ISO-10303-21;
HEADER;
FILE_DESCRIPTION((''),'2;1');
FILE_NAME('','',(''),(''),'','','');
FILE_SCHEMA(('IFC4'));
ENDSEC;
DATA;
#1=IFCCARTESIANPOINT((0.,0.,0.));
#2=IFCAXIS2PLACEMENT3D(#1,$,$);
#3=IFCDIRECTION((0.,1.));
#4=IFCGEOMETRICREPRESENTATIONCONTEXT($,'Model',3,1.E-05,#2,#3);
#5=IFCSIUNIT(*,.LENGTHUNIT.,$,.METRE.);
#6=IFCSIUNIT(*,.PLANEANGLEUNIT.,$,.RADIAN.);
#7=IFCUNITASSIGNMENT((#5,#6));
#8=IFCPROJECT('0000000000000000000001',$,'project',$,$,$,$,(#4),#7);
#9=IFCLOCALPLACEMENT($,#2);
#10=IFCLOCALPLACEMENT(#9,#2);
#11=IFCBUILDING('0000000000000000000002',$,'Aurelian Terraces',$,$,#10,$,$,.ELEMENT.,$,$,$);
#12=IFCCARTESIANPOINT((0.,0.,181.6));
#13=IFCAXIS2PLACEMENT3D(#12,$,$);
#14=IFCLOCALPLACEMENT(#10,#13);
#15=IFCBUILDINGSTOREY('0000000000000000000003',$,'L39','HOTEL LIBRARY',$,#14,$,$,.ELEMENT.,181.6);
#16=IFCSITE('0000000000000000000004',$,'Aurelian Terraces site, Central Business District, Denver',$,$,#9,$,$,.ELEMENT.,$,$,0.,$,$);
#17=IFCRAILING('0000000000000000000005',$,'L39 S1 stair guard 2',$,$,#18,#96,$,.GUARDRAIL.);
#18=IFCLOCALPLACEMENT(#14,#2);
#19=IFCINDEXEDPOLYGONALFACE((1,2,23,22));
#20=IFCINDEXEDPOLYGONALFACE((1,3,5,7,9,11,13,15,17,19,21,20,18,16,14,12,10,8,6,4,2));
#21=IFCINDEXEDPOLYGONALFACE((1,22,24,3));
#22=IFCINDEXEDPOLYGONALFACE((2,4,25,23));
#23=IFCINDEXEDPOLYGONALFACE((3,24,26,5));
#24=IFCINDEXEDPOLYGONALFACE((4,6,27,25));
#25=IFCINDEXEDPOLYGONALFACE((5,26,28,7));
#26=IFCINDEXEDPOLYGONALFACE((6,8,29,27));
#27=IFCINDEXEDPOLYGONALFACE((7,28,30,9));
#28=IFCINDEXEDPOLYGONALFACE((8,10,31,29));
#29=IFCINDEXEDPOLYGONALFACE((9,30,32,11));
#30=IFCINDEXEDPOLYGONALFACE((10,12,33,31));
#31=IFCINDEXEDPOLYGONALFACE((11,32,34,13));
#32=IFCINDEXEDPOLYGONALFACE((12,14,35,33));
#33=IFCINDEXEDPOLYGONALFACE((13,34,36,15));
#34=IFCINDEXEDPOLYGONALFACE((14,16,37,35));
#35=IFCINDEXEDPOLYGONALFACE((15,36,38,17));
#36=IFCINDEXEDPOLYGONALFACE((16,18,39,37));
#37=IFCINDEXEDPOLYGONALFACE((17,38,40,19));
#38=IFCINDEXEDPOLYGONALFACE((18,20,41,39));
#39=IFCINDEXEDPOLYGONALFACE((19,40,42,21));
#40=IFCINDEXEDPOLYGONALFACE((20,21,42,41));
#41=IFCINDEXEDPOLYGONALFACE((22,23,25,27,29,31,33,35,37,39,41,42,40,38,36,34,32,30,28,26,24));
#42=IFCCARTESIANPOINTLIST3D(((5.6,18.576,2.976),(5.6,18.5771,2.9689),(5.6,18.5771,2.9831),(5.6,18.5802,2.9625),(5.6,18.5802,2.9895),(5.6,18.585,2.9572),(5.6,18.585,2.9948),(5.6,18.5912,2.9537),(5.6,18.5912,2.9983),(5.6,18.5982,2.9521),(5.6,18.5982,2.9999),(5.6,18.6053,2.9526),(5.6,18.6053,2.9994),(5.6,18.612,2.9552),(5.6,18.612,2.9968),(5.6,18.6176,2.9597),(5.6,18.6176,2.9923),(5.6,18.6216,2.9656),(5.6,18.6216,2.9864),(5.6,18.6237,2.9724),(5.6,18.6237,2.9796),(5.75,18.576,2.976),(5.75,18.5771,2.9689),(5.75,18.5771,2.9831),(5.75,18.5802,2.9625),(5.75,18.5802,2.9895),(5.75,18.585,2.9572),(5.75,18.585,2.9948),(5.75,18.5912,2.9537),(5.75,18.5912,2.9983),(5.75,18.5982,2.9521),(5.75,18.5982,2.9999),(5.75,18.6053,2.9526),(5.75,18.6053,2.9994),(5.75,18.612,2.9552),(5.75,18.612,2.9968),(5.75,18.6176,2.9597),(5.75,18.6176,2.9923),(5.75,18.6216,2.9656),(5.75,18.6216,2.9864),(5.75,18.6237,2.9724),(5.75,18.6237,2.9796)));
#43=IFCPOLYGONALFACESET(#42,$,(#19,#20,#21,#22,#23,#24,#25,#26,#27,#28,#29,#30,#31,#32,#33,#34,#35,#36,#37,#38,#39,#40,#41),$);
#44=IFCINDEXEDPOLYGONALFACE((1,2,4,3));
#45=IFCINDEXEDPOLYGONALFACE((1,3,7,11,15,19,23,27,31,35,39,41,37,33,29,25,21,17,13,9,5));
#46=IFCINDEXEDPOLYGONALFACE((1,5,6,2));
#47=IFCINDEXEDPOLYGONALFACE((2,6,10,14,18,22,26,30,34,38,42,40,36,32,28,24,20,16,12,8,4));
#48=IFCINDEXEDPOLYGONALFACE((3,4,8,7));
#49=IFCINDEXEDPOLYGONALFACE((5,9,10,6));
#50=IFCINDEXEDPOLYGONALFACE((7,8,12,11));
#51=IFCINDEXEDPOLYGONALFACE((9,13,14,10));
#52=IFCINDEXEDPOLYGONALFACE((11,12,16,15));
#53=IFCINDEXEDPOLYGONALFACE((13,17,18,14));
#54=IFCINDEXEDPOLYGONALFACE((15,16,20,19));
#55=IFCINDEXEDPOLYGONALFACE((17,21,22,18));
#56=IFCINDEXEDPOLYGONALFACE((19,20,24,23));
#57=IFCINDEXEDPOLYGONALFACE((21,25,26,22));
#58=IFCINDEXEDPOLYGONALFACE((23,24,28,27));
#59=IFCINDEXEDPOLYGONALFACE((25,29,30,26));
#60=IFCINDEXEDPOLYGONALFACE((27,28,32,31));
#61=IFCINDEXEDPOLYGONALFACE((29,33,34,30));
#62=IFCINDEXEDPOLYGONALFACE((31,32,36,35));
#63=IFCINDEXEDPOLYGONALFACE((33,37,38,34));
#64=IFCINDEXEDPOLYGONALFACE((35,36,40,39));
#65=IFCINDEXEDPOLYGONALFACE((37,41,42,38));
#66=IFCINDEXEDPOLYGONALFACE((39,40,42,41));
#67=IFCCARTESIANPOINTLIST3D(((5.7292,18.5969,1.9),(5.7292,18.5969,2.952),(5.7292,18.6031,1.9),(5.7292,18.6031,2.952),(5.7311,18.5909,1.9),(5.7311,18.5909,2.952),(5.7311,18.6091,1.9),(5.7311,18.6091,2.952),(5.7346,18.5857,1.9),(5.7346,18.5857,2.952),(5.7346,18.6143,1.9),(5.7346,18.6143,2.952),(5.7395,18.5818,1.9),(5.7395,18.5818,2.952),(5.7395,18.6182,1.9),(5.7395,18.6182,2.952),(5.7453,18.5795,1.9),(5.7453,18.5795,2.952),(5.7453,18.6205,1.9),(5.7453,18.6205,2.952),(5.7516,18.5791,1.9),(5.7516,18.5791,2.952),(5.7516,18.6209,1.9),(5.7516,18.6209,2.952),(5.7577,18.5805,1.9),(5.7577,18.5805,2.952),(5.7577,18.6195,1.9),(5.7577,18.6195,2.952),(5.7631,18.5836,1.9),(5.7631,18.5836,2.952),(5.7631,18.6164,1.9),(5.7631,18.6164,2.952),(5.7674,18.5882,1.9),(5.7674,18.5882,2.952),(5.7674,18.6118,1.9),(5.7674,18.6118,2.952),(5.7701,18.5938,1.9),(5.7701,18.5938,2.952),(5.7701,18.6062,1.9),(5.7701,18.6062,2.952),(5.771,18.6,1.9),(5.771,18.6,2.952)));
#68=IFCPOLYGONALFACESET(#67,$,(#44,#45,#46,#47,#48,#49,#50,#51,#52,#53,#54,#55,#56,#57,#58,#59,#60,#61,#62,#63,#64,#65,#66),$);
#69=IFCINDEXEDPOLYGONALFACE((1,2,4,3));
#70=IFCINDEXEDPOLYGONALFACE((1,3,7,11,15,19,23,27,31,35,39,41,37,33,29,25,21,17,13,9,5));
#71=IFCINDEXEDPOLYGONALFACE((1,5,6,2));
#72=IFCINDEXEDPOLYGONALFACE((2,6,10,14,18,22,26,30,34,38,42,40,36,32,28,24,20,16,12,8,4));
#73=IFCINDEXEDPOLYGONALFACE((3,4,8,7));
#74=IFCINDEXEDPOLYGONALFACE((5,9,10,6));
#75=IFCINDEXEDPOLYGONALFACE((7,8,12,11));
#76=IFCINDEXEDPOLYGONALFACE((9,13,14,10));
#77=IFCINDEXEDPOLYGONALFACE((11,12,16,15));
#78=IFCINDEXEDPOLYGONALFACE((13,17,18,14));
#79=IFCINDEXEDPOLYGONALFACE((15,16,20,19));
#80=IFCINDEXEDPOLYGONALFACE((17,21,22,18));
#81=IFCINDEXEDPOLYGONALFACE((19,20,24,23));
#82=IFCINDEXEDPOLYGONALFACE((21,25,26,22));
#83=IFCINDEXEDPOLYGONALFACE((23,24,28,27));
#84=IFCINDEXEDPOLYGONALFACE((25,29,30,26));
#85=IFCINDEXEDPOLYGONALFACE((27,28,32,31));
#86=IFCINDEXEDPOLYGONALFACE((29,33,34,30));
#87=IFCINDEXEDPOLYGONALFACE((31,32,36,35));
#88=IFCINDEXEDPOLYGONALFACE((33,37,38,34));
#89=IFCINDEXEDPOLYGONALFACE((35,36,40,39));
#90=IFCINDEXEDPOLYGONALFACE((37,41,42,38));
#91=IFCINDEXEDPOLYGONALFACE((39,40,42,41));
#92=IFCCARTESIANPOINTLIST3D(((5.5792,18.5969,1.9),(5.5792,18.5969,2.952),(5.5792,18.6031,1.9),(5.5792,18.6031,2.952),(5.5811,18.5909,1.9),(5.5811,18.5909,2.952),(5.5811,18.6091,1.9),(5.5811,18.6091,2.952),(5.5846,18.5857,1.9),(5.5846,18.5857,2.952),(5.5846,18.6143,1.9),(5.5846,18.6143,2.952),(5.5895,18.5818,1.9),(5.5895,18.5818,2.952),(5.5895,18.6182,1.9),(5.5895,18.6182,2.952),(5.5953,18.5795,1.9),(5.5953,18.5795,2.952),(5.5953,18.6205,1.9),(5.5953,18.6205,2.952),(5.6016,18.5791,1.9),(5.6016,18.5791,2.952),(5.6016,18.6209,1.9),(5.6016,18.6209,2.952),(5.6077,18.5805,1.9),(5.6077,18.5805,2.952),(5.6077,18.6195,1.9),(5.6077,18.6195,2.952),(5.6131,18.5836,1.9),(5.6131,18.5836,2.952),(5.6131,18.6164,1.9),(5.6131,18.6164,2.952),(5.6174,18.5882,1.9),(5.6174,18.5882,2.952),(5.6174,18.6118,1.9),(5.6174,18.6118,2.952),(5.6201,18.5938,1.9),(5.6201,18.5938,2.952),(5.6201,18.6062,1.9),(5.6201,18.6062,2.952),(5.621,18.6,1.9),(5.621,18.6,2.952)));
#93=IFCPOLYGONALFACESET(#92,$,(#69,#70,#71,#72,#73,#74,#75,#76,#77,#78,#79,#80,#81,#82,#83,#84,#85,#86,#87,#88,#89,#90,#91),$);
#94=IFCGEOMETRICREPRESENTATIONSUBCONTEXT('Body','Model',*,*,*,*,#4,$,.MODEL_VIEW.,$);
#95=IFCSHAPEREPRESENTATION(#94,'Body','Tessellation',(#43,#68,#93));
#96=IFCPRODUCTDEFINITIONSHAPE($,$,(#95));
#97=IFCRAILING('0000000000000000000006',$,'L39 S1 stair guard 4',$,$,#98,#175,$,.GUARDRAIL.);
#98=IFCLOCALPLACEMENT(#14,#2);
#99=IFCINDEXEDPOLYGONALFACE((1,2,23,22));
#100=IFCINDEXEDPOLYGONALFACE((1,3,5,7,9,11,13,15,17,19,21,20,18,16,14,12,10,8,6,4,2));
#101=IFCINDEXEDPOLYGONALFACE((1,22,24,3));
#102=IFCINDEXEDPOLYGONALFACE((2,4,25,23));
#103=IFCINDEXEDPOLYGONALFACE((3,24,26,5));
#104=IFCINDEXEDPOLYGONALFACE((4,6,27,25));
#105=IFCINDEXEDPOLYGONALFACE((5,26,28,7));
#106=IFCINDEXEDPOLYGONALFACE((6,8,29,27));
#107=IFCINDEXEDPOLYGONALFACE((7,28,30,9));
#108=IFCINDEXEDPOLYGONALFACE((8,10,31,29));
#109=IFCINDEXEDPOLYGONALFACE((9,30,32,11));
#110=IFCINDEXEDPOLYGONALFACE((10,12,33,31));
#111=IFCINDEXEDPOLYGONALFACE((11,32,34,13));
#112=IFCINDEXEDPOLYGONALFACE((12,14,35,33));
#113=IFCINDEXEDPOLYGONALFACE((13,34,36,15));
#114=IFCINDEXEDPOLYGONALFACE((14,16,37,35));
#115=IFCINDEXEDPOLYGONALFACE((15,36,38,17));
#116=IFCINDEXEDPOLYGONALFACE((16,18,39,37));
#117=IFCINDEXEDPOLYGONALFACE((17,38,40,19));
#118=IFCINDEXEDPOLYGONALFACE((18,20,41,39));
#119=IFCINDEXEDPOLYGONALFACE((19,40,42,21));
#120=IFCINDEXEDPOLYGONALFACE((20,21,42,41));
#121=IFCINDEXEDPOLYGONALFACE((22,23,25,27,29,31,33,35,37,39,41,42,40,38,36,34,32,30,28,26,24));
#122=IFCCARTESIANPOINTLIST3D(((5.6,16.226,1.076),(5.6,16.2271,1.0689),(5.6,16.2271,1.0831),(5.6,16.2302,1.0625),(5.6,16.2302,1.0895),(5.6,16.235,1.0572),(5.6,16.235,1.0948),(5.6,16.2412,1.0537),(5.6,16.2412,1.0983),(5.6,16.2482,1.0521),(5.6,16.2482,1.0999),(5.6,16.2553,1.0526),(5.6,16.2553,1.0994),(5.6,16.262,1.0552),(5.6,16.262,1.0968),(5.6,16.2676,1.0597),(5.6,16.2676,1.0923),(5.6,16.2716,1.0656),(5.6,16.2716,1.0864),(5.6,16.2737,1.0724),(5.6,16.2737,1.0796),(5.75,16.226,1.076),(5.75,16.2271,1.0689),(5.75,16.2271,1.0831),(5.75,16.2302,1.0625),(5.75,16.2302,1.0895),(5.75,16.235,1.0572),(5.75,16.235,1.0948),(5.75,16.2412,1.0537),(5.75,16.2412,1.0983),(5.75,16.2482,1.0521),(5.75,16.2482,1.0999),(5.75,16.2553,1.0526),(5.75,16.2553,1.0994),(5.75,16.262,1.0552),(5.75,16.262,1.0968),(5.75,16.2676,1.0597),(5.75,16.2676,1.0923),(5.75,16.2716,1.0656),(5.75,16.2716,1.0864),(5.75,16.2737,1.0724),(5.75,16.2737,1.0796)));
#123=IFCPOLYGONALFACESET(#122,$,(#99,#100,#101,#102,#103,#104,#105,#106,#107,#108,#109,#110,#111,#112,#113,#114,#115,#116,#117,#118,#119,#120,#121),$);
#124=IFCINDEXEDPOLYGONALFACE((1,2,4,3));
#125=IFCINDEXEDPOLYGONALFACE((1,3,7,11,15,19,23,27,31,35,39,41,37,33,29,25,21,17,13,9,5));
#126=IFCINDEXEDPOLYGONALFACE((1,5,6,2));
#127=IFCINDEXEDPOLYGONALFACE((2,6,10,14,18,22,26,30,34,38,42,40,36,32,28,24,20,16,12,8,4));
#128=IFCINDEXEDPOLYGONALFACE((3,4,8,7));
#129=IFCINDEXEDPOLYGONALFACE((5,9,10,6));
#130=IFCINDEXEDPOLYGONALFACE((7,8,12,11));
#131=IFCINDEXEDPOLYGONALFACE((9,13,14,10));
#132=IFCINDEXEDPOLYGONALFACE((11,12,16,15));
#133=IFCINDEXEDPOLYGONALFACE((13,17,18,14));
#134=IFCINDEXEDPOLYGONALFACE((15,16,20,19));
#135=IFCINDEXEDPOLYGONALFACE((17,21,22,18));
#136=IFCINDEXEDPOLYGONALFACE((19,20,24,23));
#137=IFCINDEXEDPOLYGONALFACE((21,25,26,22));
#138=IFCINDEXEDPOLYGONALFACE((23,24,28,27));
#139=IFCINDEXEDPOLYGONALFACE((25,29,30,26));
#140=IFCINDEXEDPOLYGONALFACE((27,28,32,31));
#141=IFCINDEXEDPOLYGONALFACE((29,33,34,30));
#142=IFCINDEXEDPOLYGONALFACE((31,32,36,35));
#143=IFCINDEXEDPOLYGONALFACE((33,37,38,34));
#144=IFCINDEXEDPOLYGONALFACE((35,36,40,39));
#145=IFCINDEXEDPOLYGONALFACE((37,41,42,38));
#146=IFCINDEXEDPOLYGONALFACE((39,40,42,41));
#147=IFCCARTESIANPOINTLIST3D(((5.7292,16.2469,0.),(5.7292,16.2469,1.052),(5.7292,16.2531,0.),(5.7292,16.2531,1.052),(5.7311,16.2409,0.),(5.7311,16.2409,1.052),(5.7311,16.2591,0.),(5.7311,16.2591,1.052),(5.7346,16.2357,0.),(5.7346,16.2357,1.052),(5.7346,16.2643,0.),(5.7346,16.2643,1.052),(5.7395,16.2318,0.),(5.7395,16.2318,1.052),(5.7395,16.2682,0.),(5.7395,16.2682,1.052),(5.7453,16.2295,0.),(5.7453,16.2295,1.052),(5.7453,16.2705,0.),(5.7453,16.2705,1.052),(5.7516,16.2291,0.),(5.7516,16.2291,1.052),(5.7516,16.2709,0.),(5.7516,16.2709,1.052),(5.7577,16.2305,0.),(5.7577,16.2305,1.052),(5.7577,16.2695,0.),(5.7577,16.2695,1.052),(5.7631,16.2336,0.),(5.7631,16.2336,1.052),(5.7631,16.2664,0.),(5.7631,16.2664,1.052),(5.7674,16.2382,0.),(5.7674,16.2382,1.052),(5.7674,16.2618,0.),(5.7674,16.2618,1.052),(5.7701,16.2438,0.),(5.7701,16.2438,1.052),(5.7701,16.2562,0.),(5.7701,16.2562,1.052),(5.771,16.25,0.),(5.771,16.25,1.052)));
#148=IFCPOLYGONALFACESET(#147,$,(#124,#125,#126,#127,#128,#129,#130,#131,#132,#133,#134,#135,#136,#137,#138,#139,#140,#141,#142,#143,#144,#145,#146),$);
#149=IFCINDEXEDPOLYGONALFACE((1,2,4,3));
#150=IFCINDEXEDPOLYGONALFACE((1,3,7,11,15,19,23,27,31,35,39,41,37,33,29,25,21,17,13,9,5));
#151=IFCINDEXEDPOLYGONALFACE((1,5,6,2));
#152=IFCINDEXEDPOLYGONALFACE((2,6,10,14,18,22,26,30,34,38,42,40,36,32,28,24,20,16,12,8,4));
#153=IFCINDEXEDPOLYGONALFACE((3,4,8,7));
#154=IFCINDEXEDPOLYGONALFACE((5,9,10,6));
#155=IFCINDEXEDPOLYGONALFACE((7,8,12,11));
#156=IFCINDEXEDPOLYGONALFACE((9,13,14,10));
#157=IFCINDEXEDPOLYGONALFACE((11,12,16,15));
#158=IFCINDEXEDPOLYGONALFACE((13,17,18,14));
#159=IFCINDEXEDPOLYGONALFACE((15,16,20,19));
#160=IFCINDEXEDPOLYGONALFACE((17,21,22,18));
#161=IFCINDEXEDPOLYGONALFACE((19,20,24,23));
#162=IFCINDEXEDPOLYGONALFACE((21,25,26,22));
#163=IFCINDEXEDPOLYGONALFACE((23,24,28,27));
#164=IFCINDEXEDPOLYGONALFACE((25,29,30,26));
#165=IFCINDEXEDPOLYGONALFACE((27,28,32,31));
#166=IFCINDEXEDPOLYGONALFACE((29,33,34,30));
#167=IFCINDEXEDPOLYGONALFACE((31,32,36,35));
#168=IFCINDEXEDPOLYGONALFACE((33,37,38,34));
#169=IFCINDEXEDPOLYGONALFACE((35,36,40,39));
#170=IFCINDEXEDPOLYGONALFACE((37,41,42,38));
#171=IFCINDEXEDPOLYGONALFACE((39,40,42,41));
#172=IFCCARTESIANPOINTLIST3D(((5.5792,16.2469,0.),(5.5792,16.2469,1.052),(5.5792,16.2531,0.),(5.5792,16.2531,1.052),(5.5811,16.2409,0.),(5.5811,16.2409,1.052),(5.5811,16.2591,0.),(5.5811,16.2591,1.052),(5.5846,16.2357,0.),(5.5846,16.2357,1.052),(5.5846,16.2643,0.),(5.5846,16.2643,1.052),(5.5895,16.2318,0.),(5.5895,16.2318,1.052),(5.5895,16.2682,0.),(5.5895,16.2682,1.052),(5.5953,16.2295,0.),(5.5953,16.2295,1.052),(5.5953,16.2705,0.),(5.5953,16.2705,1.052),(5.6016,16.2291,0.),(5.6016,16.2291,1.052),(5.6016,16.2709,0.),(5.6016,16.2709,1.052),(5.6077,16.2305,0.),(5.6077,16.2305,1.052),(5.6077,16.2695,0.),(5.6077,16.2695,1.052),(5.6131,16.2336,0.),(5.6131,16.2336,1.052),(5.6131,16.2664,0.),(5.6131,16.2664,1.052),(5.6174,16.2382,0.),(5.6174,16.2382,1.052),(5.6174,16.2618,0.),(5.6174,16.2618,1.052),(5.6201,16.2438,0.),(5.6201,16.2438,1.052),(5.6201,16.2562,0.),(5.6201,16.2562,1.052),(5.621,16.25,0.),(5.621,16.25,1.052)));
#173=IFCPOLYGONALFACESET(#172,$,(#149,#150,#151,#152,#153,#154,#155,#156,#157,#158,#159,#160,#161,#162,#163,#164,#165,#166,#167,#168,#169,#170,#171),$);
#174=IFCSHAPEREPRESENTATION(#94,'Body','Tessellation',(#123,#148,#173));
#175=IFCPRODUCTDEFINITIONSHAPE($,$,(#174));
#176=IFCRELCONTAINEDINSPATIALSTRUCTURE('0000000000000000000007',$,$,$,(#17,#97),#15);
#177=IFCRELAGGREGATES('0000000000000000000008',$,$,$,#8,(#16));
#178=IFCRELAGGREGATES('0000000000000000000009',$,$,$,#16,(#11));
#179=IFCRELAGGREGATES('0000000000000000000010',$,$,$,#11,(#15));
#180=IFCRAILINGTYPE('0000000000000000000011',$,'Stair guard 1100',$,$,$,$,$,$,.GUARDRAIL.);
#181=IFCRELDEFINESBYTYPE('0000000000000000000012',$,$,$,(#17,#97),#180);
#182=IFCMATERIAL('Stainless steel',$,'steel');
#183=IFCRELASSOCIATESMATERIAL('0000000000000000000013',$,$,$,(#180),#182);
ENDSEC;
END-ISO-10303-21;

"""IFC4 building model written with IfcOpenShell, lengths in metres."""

from ifc_helpers import new_model, si_unit, direction, frame, origin, origin_2d, place, context, subcontext, project, spatial, circle, extrude, source, transform, mapped, material, type_object, element, save


model = new_model("IFC4")

# Units and contexts
model_context = context("Model", 3, precision=1e-05, world=origin(), true_north=direction((0.0, 1.0)))
body_context = subcontext(model_context, "Body", "Model", "MODEL_VIEW")
ifc_project = project(units=[si_unit("LENGTHUNIT", "METRE"), si_unit("PLANEANGLEUNIT", "RADIAN")], contexts=[model_context])

# Site, building, storey
site_placement = place(None, origin())
site = spatial("IfcSite", under=ifc_project, at=site_placement, Name="Aurelian Terraces site, Central Business District, Denver", CompositionType="ELEMENT", RefElevation=0.0)
building_placement = place(site_placement, origin())
building = spatial("IfcBuilding", under=site, at=building_placement, Name="Aurelian Terraces", CompositionType="ELEMENT")
storey_placement = place(building_placement, frame((0.0, 0.0, 181.6)))
storey = spatial("IfcBuildingStorey", under=building, at=storey_placement, Name="L39", Description="HOTEL LIBRARY", CompositionType="ELEMENT", Elevation=181.6)

# Shared definitions
ifc_material_1 = material(Name="Stainless steel", Category="steel")

# Railings
railing_type_1 = type_object("IfcRailingType", Name="Stair guard 1100", PredefinedType="GUARDRAIL", material=ifc_material_1)
shared_shape_1 = source(origin(), body_context, "Body", "SweptSolid", [
    extrude(circle(Radius=0.024, at=origin_2d()), frame((0.0, 0.0, 1.076), z_axis=(-1.0, 0.0, 0.0), x_axis=(0.0, -1.0, 0.0)), (0.0, 0.0, 1.0), 0.15),
    extrude(circle(Radius=0.021, at=origin_2d()), origin(), (0.0, 0.0, 1.0), 1.052),
    extrude(circle(Radius=0.021, at=origin_2d()), frame((-0.15, 0.0, 0.0)), (0.0, 0.0, 1.0), 1.052),
])
for number, where, name in (
    (1, (5.75, 18.6, 1.9), "L39 S1 stair guard 2"),
    (2, (5.75, 16.25, 0.0), "L39 S1 stair guard 4"),
):
    element("IfcRailing", number, at=place(storey_placement, frame(where)), inside=storey, type_object=railing_type_1, Name=name, PredefinedType="GUARDRAIL", context=body_context, shape_type="MappedRepresentation", body=[
        mapped(shared_shape_1, transform((0.0, 0.0, 0.0), scale=1.0)),
    ])

save(model, "model.ifc")
